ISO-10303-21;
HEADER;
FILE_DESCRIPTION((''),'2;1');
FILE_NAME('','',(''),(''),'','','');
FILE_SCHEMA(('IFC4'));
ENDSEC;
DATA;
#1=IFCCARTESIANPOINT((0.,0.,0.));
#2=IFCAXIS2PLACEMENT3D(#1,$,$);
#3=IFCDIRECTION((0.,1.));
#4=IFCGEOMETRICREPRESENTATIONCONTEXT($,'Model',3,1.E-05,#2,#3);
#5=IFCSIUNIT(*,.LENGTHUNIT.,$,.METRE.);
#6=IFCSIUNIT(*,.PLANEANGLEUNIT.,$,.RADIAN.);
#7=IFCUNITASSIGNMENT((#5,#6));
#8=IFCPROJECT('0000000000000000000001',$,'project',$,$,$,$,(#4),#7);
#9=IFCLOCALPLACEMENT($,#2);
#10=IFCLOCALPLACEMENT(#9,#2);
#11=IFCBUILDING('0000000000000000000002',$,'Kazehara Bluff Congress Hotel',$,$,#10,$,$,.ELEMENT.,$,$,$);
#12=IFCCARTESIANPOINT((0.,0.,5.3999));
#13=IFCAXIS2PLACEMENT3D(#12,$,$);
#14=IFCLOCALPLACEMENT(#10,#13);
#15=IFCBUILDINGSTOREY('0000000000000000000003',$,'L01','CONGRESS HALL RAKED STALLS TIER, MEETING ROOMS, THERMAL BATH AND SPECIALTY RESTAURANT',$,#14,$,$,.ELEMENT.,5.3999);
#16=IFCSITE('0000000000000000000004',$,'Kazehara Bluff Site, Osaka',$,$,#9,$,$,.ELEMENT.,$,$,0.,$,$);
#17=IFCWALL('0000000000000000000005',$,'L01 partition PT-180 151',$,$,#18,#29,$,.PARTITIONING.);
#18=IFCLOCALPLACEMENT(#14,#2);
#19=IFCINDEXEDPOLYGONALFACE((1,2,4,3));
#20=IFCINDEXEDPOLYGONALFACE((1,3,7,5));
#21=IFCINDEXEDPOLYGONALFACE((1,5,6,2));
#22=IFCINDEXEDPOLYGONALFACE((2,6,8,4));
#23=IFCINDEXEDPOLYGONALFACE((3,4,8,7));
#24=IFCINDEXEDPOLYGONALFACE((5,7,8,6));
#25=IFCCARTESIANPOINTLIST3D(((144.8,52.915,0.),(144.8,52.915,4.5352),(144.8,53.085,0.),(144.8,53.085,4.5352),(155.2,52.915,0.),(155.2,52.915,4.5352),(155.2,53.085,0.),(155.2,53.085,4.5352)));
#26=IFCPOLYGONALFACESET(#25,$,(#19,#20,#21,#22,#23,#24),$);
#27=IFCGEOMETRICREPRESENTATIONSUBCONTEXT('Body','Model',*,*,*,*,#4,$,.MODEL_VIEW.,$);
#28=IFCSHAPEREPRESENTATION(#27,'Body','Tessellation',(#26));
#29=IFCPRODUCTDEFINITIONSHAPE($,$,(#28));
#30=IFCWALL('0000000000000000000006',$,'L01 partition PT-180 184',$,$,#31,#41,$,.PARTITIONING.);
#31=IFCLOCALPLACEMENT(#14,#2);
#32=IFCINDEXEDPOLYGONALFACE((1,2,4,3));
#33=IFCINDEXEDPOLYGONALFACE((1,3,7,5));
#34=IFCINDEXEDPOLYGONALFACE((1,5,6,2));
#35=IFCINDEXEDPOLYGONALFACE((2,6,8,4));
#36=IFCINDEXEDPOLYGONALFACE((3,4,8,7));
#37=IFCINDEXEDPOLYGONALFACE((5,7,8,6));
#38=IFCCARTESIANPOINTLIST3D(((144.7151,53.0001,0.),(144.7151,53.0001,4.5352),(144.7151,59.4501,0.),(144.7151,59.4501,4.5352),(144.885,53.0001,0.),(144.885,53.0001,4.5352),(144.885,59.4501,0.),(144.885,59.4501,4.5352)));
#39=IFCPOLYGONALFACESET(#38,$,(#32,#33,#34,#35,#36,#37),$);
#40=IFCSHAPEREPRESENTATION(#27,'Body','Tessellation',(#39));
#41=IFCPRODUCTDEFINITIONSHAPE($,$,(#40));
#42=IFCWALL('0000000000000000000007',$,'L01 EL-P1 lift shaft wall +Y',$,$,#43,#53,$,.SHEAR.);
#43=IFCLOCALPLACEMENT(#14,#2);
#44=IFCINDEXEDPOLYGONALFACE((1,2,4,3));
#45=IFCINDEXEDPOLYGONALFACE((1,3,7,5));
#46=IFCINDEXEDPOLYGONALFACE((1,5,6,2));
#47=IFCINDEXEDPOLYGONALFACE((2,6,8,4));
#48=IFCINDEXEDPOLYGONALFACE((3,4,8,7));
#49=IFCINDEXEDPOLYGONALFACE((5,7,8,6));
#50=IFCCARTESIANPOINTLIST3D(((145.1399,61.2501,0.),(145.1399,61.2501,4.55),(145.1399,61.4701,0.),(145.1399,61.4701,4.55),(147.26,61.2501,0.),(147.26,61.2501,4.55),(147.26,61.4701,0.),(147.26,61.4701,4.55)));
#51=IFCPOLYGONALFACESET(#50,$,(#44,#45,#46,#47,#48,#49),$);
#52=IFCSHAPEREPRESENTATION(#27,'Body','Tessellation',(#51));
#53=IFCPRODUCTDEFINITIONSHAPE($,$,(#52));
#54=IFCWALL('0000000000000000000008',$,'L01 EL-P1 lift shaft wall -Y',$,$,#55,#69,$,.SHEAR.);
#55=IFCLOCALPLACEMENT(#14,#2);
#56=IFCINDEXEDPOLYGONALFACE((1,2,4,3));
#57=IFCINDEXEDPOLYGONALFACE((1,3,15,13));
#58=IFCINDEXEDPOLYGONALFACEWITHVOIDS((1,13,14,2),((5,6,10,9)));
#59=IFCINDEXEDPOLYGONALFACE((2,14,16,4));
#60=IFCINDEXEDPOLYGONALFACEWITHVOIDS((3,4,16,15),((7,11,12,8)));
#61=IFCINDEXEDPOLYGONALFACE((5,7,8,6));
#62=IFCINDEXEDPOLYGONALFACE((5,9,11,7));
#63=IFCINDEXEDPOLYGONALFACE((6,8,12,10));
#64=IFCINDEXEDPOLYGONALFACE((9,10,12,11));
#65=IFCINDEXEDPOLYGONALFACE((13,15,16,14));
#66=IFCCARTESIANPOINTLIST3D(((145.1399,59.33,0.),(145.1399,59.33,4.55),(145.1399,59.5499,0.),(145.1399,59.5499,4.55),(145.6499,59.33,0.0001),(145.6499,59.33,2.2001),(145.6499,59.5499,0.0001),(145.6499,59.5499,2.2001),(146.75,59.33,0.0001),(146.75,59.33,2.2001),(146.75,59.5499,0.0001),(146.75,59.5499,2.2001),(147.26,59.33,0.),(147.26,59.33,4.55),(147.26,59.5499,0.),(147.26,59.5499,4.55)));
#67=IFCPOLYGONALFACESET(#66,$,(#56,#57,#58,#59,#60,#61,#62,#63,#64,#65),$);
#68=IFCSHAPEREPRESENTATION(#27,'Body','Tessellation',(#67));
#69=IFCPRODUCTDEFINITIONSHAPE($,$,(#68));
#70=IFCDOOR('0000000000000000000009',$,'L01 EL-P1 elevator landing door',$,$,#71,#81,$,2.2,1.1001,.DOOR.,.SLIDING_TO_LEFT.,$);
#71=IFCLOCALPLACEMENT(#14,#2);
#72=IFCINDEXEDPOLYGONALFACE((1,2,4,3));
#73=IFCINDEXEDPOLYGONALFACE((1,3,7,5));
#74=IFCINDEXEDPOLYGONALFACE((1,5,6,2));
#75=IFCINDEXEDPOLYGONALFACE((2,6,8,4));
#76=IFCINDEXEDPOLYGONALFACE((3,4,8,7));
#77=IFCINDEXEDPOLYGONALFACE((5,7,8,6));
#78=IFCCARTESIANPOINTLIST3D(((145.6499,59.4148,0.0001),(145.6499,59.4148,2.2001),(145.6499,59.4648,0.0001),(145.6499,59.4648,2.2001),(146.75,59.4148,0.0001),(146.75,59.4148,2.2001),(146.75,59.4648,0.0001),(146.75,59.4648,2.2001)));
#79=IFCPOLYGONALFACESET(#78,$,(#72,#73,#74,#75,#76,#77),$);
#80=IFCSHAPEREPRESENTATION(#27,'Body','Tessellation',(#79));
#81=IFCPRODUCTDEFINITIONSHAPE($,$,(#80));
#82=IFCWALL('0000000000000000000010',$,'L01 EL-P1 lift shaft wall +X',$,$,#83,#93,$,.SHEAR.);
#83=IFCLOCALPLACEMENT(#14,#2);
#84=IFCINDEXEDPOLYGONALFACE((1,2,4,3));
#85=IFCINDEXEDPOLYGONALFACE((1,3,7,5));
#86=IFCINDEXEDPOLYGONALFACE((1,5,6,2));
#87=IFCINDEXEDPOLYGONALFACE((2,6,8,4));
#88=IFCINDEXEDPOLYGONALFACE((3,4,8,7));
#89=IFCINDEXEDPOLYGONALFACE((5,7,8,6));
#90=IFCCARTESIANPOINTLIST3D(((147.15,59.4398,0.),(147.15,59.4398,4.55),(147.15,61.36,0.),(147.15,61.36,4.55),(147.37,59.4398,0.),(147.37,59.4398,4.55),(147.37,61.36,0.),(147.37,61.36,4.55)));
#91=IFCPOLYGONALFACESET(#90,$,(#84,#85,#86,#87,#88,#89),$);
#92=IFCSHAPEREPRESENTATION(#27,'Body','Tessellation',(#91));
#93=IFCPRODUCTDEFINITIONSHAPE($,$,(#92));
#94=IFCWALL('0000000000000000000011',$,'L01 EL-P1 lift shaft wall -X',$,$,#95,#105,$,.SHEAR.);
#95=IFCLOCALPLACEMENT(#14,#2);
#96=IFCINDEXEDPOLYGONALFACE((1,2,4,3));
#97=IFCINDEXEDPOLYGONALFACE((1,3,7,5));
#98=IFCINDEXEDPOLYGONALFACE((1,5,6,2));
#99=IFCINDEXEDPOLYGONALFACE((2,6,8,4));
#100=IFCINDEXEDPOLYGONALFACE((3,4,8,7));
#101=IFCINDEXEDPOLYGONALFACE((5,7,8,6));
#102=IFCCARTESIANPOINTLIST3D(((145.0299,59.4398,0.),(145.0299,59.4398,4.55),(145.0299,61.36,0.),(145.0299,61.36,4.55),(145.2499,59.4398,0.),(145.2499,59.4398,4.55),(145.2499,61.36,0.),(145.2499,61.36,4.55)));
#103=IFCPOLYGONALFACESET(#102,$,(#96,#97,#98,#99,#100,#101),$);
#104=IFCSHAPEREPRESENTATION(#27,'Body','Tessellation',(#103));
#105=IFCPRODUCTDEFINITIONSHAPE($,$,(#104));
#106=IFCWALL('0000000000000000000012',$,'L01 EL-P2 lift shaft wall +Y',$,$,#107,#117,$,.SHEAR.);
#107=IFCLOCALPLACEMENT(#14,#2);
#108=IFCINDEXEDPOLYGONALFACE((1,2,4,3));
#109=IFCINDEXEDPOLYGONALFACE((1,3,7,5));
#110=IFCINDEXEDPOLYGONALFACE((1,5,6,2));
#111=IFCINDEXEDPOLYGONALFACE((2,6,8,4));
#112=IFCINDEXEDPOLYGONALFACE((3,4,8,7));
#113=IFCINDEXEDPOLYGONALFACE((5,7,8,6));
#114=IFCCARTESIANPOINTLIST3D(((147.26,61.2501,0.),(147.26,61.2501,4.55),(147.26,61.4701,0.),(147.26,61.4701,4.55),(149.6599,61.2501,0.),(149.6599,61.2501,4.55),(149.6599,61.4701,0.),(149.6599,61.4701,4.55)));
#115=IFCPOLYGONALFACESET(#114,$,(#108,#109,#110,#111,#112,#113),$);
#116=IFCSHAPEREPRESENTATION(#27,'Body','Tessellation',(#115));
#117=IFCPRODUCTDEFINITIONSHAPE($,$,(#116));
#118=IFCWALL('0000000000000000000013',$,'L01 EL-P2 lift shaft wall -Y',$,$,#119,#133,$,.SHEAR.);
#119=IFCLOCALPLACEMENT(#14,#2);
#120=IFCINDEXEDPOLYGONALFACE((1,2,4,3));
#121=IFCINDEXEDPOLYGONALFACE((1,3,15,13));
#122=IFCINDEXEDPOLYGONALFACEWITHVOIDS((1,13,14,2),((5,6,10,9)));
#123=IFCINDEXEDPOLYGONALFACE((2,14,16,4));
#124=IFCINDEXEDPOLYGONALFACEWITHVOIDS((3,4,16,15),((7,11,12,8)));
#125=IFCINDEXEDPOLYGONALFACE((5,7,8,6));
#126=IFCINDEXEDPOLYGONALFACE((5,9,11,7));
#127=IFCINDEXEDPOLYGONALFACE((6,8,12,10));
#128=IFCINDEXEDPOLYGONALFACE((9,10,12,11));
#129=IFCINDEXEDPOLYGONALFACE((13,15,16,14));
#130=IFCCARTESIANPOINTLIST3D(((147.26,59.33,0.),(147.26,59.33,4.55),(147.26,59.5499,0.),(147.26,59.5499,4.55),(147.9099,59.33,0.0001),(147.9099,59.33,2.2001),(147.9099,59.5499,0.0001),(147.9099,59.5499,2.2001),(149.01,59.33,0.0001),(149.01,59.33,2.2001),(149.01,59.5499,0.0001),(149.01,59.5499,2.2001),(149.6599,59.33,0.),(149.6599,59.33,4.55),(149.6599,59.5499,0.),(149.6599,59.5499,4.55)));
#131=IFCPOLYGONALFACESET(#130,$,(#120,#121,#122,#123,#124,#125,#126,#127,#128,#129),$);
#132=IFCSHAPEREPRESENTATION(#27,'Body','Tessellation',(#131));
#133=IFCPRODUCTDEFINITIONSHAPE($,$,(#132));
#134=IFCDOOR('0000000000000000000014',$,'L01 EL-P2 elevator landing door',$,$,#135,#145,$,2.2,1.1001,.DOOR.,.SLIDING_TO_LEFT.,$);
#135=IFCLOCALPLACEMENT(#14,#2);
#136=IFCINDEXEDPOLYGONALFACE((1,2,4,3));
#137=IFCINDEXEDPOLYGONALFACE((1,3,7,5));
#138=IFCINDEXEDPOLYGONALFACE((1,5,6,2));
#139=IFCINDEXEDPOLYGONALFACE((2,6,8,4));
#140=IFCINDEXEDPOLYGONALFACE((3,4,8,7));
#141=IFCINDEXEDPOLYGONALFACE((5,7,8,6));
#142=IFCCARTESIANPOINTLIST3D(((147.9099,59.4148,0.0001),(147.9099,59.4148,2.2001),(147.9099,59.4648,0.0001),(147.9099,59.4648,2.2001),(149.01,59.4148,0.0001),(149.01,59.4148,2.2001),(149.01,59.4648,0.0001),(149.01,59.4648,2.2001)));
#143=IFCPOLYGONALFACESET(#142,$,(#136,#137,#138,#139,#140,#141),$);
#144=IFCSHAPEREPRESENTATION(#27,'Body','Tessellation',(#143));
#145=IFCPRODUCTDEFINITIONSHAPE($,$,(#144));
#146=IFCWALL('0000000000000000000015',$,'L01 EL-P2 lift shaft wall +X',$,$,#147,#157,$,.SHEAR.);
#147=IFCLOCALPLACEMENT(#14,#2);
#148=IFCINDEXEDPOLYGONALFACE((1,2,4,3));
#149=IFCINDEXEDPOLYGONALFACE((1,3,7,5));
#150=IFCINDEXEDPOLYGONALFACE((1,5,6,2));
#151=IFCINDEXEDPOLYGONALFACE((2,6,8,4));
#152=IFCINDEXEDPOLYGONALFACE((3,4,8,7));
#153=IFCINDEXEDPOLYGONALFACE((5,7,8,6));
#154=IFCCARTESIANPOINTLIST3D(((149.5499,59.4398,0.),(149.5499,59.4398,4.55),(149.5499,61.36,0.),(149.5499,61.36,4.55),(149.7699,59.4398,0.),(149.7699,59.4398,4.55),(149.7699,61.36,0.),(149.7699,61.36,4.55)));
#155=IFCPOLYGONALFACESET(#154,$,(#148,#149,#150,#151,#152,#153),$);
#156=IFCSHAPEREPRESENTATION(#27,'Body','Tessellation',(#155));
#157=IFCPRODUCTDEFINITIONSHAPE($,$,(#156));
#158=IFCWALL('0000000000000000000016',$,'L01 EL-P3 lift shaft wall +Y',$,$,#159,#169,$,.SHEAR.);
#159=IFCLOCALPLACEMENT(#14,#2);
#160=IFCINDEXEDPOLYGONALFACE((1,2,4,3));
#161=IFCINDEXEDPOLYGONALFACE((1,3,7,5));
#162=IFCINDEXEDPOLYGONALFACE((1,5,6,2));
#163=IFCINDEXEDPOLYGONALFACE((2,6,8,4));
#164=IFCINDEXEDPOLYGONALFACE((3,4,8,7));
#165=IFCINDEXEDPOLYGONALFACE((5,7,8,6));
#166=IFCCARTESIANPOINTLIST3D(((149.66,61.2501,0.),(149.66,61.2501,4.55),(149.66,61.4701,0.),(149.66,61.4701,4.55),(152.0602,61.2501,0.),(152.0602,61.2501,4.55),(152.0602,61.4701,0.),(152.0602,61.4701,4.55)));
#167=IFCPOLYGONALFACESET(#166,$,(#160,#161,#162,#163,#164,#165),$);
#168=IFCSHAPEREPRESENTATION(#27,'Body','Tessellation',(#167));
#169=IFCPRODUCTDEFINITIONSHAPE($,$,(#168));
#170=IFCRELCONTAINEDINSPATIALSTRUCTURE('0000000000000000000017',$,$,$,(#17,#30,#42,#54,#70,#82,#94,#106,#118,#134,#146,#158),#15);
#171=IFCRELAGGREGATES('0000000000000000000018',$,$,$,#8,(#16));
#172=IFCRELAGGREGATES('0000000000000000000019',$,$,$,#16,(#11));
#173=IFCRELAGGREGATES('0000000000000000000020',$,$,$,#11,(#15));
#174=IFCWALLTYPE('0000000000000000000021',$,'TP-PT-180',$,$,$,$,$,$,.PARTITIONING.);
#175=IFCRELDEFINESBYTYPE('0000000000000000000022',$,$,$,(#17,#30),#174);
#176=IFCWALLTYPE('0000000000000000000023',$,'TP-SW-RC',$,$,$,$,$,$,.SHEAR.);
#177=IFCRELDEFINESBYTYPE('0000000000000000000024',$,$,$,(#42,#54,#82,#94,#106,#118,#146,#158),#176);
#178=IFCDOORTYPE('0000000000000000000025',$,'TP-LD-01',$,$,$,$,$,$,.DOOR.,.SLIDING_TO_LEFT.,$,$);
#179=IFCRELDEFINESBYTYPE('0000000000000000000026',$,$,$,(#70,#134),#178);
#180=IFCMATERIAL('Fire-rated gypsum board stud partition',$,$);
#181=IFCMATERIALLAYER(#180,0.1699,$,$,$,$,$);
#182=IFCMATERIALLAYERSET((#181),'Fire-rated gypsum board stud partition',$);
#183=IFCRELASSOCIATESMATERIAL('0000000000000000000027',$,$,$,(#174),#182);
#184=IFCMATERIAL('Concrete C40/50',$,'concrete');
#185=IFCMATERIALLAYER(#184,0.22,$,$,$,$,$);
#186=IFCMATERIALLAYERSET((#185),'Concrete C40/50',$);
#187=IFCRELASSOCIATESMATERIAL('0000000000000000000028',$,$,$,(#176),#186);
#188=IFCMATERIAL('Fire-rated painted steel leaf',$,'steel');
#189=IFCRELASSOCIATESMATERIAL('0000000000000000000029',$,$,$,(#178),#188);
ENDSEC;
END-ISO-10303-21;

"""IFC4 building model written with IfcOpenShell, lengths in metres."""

from ifc_helpers import new_model, si_unit, direction, frame, frame_2d, origin, place, context, subcontext, project, spatial, rectangle, extrude, material, layer, layer_set, type_object, element, fill, save


model = new_model("IFC4")

# Units and contexts
model_context = context("Model", 3, precision=1e-05, world=origin(), true_north=direction((0.0, 1.0)))
body_context = subcontext(model_context, "Body", "Model", "MODEL_VIEW")
ifc_project = project(units=[si_unit("LENGTHUNIT", "METRE"), si_unit("PLANEANGLEUNIT", "RADIAN")], contexts=[model_context])

# Site, building, storey
site_placement = place(None, origin())
site = spatial("IfcSite", under=ifc_project, at=site_placement, Name="Kazehara Bluff Site, Osaka", CompositionType="ELEMENT", RefElevation=0.0)
building_placement = place(site_placement, origin())
building = spatial("IfcBuilding", under=site, at=building_placement, Name="Kazehara Bluff Congress Hotel", CompositionType="ELEMENT")
storey_placement = place(building_placement, frame((0.0, 0.0, 5.3999)))
storey = spatial("IfcBuildingStorey", under=building, at=storey_placement, Name="L01", Description="CONGRESS HALL RAKED STALLS TIER, MEETING ROOMS, THERMAL BATH AND SPECIALTY RESTAURANT", CompositionType="ELEMENT", Elevation=5.3999)

# Walls
ifc_material_1 = material(Name="Fire-rated gypsum board stud partition")
ifc_layer_1 = layer(ifc_material_1, 0.1699)
ifc_layer_set_1 = layer_set([ifc_layer_1], Name="Fire-rated gypsum board stud partition")
wall_type_1 = type_object("IfcWallType", Name="TP-PT-180", PredefinedType="PARTITIONING", material=ifc_layer_set_1)
wall_1_placement = place(storey_placement, frame((144.8, 53.0, 0.0), z_axis=(0.0, 0.0, 1.0), x_axis=(1.0, 0.0, 0.0)))
element("IfcWall", 1, at=wall_1_placement, inside=storey, type_object=wall_type_1, Name="L01 partition PT-180 151", PredefinedType="PARTITIONING", context=body_context, shape_type="SweptSolid", body=[
    extrude(rectangle(XDim=10.3999, YDim=0.1699, at=frame_2d((5.2, 0.0))), origin(), (0.0, 0.0, 1.0), 4.5352),
])
wall_2_placement = place(storey_placement, frame((144.8, 53.0, 0.0), z_axis=(0.0, 0.0, 1.0), x_axis=(0.0, 1.0, 0.0)))
element("IfcWall", 2, at=wall_2_placement, inside=storey, type_object=wall_type_1, Name="L01 partition PT-180 184", PredefinedType="PARTITIONING", context=body_context, shape_type="SweptSolid", body=[
    extrude(rectangle(XDim=6.45, YDim=0.1699, at=frame_2d((3.2251, 0.0))), origin(), (0.0, 0.0, 1.0), 4.5352),
])
ifc_material_2 = material(Name="Concrete C40/50", Category="concrete")
ifc_layer_2 = layer(ifc_material_2, 0.22)
ifc_layer_set_2 = layer_set([ifc_layer_2], Name="Concrete C40/50")
wall_type_2 = type_object("IfcWallType", Name="TP-SW-RC", PredefinedType="SHEAR", material=ifc_layer_set_2)
wall_3_placement = place(storey_placement, frame((145.1399, 61.3601, 0.0), z_axis=(0.0, 0.0, 1.0), x_axis=(1.0, 0.0, 0.0)))
element("IfcWall", 3, at=wall_3_placement, inside=storey, type_object=wall_type_2, Name="L01 EL-P1 lift shaft wall +Y", PredefinedType="SHEAR", context=body_context, shape_type="SweptSolid", body=[
    extrude(rectangle(XDim=2.1201, YDim=0.22, at=frame_2d((1.0601, 0.0))), origin(), (0.0, 0.0, 1.0), 4.55),
])

# Wall, opening, door
wall_4_placement = place(storey_placement, frame((145.1399, 59.4399, 0.0), z_axis=(0.0, 0.0, 1.0), x_axis=(1.0, 0.0, 0.0)))
wall_4 = element("IfcWall", 4, at=wall_4_placement, inside=storey, type_object=wall_type_2, Name="L01 EL-P1 lift shaft wall -Y", PredefinedType="SHEAR", context=body_context, shape_type="SweptSolid", body=[
    extrude(rectangle(XDim=2.1201, YDim=0.22, at=frame_2d((1.0601, 0.0))), origin(), (0.0, 0.0, 1.0), 4.55),
])
opening_1_placement = place(wall_4_placement, frame((0.51, 0.0, 0.0)))
opening_1 = element("IfcOpeningElement", 5, at=opening_1_placement, cuts=wall_4, PredefinedType="OPENING", context=body_context, shape_type="SweptSolid", body=[
    extrude(rectangle(XDim=1.1001, YDim=2.2, at=frame_2d((0.55, 1.1001))), frame((0.0, 0.1199, 0.0), z_axis=(0.0, -1.0, 0.0), x_axis=(1.0, 0.0, 0.0)), (0.0, 0.0, 1.0), 0.24),
])
ifc_material_3 = material(Name="Fire-rated painted steel leaf", Category="steel")
door_type = type_object("IfcDoorType", Name="TP-LD-01", OperationType="SLIDING_TO_LEFT", PredefinedType="DOOR", material=ifc_material_3)
door_1_placement = place(opening_1_placement, origin())
door_1 = element("IfcDoor", 6, at=door_1_placement, inside=storey, type_object=door_type, Name="L01 EL-P1 elevator landing door", OperationType="SLIDING_TO_LEFT", OverallHeight=2.2, OverallWidth=1.1001, PredefinedType="DOOR", context=body_context, shape_type="SweptSolid", body=[
    extrude(rectangle(XDim=1.1001, YDim=2.2, at=frame_2d((0.55, 1.1001))), frame((0.0, 0.0249, 0.0), z_axis=(0.0, -1.0, 0.0), x_axis=(1.0, 0.0, 0.0)), (0.0, 0.0, 1.0), 0.05),
])
fill(opening_1, door_1)

# Walls
for number, where, z_axis, x_axis, name in (
    (7, (147.26, 59.4399, 0.0), (0.0, 0.0, 1.0), (0.0, 1.0, 0.0), "L01 EL-P1 lift shaft wall +X"),
    (8, (145.1399, 59.4399, 0.0), (0.0, 0.0, 1.0), (0.0, 1.0, 0.0), "L01 EL-P1 lift shaft wall -X"),
):
    element("IfcWall", number, at=place(storey_placement, frame(where, z_axis=z_axis, x_axis=x_axis)), inside=storey, type_object=wall_type_2, Name=name, PredefinedType="SHEAR", context=body_context, shape_type="SweptSolid", body=[
        extrude(rectangle(XDim=1.9202, YDim=0.22, at=frame_2d((0.96, 0.0))), origin(), (0.0, 0.0, 1.0), 4.55),
    ])
wall_5_placement = place(storey_placement, frame((147.26, 61.3601, 0.0), z_axis=(0.0, 0.0, 1.0), x_axis=(1.0, 0.0, 0.0)))
element("IfcWall", 9, at=wall_5_placement, inside=storey, type_object=wall_type_2, Name="L01 EL-P2 lift shaft wall +Y", PredefinedType="SHEAR", context=body_context, shape_type="SweptSolid", body=[
    extrude(rectangle(XDim=2.3999, YDim=0.22, at=frame_2d((1.2, 0.0))), origin(), (0.0, 0.0, 1.0), 4.55),
])

# Wall, opening, door
wall_6_placement = place(storey_placement, frame((147.26, 59.4399, 0.0), z_axis=(0.0, 0.0, 1.0), x_axis=(1.0, 0.0, 0.0)))
wall_6 = element("IfcWall", 10, at=wall_6_placement, inside=storey, type_object=wall_type_2, Name="L01 EL-P2 lift shaft wall -Y", PredefinedType="SHEAR", context=body_context, shape_type="SweptSolid", body=[
    extrude(rectangle(XDim=2.3999, YDim=0.22, at=frame_2d((1.2, 0.0))), origin(), (0.0, 0.0, 1.0), 4.55),
])
opening_2_placement = place(wall_6_placement, frame((0.6499, 0.0, 0.0)))
opening_2 = element("IfcOpeningElement", 11, at=opening_2_placement, cuts=wall_6, PredefinedType="OPENING", context=body_context, shape_type="SweptSolid", body=[
    extrude(rectangle(XDim=1.1001, YDim=2.2, at=frame_2d((0.55, 1.1001))), frame((0.0, 0.1199, 0.0), z_axis=(0.0, -1.0, 0.0), x_axis=(1.0, 0.0, 0.0)), (0.0, 0.0, 1.0), 0.24),
])
door_2_placement = place(opening_2_placement, origin())
door_2 = element("IfcDoor", 12, at=door_2_placement, inside=storey, type_object=door_type, Name="L01 EL-P2 elevator landing door", OperationType="SLIDING_TO_LEFT", OverallHeight=2.2, OverallWidth=1.1001, PredefinedType="DOOR", context=body_context, shape_type="SweptSolid", body=[
    extrude(rectangle(XDim=1.1001, YDim=2.2, at=frame_2d((0.55, 1.1001))), frame((0.0, 0.0249, 0.0), z_axis=(0.0, -1.0, 0.0), x_axis=(1.0, 0.0, 0.0)), (0.0, 0.0, 1.0), 0.05),
])
fill(opening_2, door_2)

# Walls
wall_7_placement = place(storey_placement, frame((149.6599, 59.4399, 0.0), z_axis=(0.0, 0.0, 1.0), x_axis=(0.0, 1.0, 0.0)))
element("IfcWall", 13, at=wall_7_placement, inside=storey, type_object=wall_type_2, Name="L01 EL-P2 lift shaft wall +X", PredefinedType="SHEAR", context=body_context, shape_type="SweptSolid", body=[
    extrude(rectangle(XDim=1.9202, YDim=0.22, at=frame_2d((0.96, 0.0))), origin(), (0.0, 0.0, 1.0), 4.55),
])
wall_8_placement = place(storey_placement, frame((149.6599, 61.3601, 0.0), z_axis=(0.0, 0.0, 1.0), x_axis=(1.0, 0.0, 0.0)))
element("IfcWall", 14, at=wall_8_placement, inside=storey, type_object=wall_type_2, Name="L01 EL-P3 lift shaft wall +Y", PredefinedType="SHEAR", context=body_context, shape_type="SweptSolid", body=[
    extrude(rectangle(XDim=2.4001, YDim=0.22, at=frame_2d((1.2002, 0.0))), origin(), (0.0, 0.0, 1.0), 4.55),
])

save(model, "model.ifc")
